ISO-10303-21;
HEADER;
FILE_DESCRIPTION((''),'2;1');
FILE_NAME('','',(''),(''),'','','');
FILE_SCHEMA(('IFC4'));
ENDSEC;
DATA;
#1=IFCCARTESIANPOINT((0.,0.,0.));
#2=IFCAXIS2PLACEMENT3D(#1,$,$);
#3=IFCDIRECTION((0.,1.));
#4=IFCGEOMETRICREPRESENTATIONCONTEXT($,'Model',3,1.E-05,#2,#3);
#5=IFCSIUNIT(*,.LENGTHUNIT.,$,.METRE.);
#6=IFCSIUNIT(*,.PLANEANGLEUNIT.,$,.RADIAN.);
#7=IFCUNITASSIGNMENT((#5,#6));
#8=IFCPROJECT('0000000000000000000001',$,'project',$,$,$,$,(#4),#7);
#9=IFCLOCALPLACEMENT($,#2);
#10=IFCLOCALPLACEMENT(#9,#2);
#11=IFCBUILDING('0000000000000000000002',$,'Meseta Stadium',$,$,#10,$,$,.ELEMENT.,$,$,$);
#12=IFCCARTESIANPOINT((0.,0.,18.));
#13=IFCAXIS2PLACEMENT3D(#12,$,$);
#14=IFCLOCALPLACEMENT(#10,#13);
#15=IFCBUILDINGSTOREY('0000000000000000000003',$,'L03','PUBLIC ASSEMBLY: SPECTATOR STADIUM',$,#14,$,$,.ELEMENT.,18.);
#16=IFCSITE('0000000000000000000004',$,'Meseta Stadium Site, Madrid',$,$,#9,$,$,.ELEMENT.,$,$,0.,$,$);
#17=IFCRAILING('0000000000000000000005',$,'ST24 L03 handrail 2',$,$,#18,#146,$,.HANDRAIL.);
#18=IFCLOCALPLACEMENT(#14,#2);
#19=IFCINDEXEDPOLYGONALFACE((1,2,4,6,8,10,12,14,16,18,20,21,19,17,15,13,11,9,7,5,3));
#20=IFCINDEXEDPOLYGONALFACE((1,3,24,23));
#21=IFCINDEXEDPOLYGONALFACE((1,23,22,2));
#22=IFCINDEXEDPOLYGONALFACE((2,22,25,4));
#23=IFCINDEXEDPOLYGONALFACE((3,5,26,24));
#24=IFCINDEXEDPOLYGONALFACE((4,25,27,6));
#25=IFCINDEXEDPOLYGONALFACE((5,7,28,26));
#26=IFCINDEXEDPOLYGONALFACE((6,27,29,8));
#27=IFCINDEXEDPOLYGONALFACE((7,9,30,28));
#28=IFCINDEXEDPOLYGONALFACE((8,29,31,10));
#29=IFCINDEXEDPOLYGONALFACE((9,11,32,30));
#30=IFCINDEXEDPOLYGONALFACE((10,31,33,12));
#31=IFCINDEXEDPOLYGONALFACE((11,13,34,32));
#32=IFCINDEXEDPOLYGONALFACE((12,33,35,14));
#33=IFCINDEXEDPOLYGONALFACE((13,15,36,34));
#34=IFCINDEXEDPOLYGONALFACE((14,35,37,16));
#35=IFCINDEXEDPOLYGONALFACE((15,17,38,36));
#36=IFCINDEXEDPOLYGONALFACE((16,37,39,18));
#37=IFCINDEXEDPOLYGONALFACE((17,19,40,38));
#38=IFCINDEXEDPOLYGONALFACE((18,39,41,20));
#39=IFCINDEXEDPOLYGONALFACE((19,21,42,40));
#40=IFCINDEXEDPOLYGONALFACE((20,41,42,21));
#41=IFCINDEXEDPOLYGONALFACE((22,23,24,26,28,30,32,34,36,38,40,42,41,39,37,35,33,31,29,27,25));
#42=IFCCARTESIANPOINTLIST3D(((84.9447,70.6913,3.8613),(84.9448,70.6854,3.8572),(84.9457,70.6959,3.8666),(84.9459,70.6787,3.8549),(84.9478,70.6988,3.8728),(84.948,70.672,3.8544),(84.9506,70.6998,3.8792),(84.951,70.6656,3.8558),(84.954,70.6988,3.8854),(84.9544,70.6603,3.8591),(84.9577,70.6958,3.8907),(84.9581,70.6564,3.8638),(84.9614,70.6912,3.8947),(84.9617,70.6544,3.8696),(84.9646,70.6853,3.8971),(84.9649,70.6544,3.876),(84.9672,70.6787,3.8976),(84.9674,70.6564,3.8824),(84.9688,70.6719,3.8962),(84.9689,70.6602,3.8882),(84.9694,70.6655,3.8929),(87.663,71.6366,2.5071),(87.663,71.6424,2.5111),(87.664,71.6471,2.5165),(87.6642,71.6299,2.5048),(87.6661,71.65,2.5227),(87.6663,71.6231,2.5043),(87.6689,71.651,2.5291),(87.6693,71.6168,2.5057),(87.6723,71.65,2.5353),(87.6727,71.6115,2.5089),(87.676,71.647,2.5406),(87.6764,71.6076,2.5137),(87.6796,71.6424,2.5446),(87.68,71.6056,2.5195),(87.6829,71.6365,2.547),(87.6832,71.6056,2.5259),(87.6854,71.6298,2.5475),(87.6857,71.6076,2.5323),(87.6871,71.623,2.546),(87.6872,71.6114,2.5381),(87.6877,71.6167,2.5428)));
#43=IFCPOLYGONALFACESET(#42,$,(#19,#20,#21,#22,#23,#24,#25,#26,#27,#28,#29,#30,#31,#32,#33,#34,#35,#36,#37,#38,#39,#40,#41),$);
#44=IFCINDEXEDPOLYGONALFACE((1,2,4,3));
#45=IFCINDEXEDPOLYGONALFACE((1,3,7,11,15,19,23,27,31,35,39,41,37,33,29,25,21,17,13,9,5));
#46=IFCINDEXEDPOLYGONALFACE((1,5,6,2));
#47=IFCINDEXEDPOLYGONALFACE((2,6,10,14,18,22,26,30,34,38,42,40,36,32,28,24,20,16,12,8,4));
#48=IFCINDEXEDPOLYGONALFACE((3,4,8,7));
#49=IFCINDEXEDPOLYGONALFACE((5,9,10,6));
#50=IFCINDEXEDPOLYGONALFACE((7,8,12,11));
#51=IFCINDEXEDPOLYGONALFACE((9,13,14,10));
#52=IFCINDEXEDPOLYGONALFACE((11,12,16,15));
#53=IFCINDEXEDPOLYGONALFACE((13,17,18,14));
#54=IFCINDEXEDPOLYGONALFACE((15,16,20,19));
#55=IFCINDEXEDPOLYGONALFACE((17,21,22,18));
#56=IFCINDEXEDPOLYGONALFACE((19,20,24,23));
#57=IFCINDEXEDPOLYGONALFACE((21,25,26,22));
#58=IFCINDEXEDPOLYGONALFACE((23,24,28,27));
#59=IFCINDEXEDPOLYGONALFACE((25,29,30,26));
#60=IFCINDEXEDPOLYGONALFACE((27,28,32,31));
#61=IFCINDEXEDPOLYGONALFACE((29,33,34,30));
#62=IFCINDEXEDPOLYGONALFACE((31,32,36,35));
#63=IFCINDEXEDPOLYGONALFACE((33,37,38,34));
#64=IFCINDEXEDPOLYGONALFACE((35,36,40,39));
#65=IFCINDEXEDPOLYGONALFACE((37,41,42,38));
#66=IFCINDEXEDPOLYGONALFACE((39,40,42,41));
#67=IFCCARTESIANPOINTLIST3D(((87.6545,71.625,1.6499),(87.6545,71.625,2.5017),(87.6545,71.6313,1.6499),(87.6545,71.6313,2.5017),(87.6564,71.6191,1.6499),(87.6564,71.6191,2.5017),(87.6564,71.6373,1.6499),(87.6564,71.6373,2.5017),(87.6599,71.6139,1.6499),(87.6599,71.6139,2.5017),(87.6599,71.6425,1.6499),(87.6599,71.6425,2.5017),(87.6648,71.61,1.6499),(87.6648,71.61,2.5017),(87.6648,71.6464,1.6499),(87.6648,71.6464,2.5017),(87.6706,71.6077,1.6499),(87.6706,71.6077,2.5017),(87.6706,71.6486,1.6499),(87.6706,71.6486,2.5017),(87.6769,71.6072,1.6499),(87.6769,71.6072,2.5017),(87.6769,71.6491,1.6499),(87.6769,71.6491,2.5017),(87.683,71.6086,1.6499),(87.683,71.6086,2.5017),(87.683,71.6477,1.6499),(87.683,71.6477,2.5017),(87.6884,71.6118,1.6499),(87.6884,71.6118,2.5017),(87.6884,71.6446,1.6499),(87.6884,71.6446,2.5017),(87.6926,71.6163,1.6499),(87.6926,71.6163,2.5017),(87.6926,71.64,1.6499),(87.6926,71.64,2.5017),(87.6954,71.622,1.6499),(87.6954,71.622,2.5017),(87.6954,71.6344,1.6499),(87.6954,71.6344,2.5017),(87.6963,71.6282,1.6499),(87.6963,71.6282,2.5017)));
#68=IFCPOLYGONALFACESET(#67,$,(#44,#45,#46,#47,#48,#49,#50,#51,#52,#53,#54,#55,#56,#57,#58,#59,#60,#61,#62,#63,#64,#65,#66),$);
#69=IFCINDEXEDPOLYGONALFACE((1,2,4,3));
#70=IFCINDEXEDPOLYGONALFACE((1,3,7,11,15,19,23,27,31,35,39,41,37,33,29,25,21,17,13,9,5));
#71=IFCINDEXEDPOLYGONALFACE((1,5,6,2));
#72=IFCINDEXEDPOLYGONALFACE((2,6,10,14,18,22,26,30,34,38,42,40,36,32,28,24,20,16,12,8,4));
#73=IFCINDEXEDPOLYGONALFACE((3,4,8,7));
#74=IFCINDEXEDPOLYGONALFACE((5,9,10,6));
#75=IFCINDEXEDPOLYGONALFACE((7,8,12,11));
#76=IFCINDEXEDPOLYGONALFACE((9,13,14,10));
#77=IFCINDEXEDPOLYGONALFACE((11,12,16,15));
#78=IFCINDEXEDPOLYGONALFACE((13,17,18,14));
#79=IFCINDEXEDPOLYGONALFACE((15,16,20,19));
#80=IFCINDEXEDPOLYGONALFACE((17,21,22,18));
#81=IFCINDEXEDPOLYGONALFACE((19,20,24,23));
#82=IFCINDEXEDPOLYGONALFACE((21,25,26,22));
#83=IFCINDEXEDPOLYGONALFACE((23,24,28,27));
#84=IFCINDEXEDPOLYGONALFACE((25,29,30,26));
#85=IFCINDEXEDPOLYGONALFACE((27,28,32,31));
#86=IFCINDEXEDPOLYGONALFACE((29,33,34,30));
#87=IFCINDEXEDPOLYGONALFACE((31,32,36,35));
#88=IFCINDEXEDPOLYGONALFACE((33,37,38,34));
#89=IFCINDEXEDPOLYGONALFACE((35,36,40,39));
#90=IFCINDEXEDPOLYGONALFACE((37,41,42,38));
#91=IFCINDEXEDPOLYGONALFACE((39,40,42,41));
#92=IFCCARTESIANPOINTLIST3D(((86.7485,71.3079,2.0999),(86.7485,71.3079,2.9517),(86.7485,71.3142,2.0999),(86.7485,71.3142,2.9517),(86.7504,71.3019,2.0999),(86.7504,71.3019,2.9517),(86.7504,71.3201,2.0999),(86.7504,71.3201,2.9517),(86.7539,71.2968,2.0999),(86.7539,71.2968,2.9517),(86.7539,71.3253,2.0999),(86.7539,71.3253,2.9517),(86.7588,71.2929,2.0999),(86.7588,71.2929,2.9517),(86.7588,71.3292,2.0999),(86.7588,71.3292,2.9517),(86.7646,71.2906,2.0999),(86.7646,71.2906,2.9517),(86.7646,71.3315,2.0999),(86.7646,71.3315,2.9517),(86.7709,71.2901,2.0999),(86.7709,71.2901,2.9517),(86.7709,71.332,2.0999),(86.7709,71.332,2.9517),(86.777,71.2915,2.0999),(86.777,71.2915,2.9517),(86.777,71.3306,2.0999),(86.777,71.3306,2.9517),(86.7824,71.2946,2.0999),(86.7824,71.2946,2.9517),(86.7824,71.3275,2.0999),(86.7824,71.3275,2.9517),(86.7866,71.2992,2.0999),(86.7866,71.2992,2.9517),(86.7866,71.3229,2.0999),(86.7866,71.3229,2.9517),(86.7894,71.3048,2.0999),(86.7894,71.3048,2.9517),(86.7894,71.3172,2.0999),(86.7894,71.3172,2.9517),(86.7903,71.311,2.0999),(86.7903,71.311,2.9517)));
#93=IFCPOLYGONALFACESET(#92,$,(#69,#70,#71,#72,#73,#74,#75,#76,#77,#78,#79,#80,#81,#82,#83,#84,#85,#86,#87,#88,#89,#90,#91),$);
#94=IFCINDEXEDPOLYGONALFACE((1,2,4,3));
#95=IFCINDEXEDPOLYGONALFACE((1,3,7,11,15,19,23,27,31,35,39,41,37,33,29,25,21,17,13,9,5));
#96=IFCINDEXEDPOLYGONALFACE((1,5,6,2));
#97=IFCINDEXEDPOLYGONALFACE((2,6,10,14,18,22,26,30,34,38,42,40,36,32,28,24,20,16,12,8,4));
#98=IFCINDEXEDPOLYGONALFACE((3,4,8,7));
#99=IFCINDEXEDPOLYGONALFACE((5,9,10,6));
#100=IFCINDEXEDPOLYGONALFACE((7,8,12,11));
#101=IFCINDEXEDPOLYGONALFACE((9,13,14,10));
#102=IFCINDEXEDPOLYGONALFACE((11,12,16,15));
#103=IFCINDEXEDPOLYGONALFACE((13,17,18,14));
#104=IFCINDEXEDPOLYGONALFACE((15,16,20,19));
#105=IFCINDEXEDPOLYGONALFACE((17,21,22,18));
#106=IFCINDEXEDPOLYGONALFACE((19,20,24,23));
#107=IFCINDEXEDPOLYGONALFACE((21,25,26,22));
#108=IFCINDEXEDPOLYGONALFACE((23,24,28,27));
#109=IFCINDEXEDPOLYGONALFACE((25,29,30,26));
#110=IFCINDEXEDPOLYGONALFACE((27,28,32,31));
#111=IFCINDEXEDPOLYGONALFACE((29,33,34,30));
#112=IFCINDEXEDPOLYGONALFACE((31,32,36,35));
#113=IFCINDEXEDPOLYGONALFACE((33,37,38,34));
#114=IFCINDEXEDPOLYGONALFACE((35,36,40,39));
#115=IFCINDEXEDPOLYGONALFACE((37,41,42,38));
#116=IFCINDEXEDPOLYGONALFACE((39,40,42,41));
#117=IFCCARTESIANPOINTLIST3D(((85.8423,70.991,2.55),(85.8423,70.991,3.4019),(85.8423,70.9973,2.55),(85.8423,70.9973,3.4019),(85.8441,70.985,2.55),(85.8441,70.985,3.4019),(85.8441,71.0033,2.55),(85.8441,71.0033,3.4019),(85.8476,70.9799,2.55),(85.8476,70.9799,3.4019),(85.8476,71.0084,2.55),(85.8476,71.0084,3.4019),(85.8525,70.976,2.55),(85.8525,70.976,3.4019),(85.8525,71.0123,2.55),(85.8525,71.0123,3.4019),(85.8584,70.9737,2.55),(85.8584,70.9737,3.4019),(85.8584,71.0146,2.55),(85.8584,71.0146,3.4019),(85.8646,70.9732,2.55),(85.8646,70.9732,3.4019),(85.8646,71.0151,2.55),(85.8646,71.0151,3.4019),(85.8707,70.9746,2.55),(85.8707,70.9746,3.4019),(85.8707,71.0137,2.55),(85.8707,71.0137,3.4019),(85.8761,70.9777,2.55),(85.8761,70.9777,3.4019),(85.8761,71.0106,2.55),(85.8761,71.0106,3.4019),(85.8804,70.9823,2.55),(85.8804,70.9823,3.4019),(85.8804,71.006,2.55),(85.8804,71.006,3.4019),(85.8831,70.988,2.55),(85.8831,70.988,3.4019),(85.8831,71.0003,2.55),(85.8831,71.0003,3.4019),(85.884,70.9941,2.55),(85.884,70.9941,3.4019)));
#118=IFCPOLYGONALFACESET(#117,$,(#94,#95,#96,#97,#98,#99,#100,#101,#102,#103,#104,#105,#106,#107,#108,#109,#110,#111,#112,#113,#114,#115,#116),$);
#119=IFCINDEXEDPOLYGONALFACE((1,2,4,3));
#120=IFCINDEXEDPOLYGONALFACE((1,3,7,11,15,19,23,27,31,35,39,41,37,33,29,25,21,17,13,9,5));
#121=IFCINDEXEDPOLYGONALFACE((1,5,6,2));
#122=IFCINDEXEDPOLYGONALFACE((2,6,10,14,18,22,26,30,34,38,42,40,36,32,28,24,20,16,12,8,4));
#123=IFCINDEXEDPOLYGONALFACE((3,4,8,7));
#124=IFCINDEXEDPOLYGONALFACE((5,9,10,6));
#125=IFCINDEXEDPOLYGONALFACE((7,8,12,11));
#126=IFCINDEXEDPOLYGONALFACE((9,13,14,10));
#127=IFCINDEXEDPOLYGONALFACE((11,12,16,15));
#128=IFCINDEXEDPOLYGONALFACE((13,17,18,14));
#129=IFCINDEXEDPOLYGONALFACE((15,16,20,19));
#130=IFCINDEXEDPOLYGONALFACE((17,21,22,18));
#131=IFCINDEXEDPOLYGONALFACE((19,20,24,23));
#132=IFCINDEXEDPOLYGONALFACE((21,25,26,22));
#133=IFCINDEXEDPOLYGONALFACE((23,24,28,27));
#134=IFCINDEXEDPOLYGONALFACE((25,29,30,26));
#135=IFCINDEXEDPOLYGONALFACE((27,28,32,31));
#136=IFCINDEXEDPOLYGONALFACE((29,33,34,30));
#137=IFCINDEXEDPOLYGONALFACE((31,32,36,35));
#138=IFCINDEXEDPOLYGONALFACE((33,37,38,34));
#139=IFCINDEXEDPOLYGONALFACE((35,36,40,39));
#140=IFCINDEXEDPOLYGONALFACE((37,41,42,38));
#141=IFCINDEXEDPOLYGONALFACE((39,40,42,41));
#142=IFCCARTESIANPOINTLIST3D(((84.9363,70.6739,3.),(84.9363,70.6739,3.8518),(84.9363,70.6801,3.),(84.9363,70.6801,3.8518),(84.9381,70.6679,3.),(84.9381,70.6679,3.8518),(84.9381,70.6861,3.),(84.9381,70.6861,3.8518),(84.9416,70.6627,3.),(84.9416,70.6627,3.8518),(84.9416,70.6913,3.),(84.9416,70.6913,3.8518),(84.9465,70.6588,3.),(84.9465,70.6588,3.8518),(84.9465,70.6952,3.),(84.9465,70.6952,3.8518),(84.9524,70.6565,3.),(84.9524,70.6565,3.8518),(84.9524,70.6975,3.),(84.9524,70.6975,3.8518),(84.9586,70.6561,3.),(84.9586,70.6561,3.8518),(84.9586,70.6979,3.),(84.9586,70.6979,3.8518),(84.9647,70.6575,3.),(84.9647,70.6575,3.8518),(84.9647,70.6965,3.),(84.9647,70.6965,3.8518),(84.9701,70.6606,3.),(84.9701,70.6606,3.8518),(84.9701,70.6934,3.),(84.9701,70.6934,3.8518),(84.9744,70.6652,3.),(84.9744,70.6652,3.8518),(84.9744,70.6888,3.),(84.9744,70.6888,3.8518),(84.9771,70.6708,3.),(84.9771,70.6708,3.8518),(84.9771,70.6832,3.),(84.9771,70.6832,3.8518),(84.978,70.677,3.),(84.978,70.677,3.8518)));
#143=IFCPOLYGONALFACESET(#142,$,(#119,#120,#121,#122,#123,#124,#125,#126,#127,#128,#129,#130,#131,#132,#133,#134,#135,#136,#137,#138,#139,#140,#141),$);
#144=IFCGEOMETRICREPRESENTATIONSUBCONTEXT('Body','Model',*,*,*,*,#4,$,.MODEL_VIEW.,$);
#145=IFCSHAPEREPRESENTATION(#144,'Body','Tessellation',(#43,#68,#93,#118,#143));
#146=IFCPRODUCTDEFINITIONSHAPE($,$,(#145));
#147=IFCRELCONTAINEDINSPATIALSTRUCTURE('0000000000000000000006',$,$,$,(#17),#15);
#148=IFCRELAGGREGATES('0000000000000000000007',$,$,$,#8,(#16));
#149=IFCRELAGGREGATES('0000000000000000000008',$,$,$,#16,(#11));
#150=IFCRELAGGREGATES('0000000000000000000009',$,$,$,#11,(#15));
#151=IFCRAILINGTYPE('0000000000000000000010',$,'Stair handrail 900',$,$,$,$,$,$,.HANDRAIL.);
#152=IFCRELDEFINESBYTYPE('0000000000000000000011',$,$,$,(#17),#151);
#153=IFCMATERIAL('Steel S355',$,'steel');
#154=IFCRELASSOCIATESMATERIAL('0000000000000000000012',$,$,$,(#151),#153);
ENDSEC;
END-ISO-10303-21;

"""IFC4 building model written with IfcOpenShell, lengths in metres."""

from ifc_helpers import new_model, si_unit, direction, frame, origin, origin_2d, place, context, subcontext, project, spatial, circle, extrude, material, type_object, element, save


model = new_model("IFC4")

# Units and contexts
model_context = context("Model", 3, precision=1e-05, world=origin(), true_north=direction((0.0, 1.0)))
body_context = subcontext(model_context, "Body", "Model", "MODEL_VIEW")
ifc_project = project(units=[si_unit("LENGTHUNIT", "METRE"), si_unit("PLANEANGLEUNIT", "RADIAN")], contexts=[model_context])

# Site, building, storey
site_placement = place(None, origin())
site = spatial("IfcSite", under=ifc_project, at=site_placement, Name="Meseta Stadium Site, Madrid", CompositionType="ELEMENT", RefElevation=0.0)
building_placement = place(site_placement, origin())
building = spatial("IfcBuilding", under=site, at=building_placement, Name="Meseta Stadium", CompositionType="ELEMENT")
storey_placement = place(building_placement, frame((0.0, 0.0, 18.0)))
storey = spatial("IfcBuildingStorey", under=building, at=storey_placement, Name="L03", Description="PUBLIC ASSEMBLY: SPECTATOR STADIUM", CompositionType="ELEMENT", Elevation=18.0)

# Railing
ifc_material_1 = material(Name="Steel S355", Category="steel")
railing_type_1 = type_object("IfcRailingType", Name="Stair handrail 900", PredefinedType="HANDRAIL", material=ifc_material_1)
railing_1_placement = place(storey_placement, frame((87.6753, 71.6282, 1.6499)))
element("IfcRailing", 1, at=railing_1_placement, inside=storey, type_object=railing_type_1, Name="ST24 L03 handrail 2", PredefinedType="HANDRAIL", context=body_context, shape_type="SweptSolid", body=[
    extrude(circle(Radius=0.0239, at=origin_2d()), frame((0.0, 0.0, 0.876), z_axis=(-0.854629, -0.299051, 0.424474), x_axis=(0.330282, -0.943882, 0.0)), (0.0, 0.0, 1.0), 3.1807),
    extrude(circle(Radius=0.021, at=origin_2d()), origin(), (0.0, 0.0, 1.0), 0.8518),
    extrude(circle(Radius=0.021, at=origin_2d()), frame((-0.906, -0.3171, 0.45)), (0.0, 0.0, 1.0), 0.8518),
    extrude(circle(Radius=0.021, at=origin_2d()), frame((-1.8123, -0.634, 0.9001)), (0.0, 0.0, 1.0), 0.8518),
    extrude(circle(Radius=0.021, at=origin_2d()), frame((-2.7183, -0.9512, 1.3501)), (0.0, 0.0, 1.0), 0.8518),
])

save(model, "model.ifc")
